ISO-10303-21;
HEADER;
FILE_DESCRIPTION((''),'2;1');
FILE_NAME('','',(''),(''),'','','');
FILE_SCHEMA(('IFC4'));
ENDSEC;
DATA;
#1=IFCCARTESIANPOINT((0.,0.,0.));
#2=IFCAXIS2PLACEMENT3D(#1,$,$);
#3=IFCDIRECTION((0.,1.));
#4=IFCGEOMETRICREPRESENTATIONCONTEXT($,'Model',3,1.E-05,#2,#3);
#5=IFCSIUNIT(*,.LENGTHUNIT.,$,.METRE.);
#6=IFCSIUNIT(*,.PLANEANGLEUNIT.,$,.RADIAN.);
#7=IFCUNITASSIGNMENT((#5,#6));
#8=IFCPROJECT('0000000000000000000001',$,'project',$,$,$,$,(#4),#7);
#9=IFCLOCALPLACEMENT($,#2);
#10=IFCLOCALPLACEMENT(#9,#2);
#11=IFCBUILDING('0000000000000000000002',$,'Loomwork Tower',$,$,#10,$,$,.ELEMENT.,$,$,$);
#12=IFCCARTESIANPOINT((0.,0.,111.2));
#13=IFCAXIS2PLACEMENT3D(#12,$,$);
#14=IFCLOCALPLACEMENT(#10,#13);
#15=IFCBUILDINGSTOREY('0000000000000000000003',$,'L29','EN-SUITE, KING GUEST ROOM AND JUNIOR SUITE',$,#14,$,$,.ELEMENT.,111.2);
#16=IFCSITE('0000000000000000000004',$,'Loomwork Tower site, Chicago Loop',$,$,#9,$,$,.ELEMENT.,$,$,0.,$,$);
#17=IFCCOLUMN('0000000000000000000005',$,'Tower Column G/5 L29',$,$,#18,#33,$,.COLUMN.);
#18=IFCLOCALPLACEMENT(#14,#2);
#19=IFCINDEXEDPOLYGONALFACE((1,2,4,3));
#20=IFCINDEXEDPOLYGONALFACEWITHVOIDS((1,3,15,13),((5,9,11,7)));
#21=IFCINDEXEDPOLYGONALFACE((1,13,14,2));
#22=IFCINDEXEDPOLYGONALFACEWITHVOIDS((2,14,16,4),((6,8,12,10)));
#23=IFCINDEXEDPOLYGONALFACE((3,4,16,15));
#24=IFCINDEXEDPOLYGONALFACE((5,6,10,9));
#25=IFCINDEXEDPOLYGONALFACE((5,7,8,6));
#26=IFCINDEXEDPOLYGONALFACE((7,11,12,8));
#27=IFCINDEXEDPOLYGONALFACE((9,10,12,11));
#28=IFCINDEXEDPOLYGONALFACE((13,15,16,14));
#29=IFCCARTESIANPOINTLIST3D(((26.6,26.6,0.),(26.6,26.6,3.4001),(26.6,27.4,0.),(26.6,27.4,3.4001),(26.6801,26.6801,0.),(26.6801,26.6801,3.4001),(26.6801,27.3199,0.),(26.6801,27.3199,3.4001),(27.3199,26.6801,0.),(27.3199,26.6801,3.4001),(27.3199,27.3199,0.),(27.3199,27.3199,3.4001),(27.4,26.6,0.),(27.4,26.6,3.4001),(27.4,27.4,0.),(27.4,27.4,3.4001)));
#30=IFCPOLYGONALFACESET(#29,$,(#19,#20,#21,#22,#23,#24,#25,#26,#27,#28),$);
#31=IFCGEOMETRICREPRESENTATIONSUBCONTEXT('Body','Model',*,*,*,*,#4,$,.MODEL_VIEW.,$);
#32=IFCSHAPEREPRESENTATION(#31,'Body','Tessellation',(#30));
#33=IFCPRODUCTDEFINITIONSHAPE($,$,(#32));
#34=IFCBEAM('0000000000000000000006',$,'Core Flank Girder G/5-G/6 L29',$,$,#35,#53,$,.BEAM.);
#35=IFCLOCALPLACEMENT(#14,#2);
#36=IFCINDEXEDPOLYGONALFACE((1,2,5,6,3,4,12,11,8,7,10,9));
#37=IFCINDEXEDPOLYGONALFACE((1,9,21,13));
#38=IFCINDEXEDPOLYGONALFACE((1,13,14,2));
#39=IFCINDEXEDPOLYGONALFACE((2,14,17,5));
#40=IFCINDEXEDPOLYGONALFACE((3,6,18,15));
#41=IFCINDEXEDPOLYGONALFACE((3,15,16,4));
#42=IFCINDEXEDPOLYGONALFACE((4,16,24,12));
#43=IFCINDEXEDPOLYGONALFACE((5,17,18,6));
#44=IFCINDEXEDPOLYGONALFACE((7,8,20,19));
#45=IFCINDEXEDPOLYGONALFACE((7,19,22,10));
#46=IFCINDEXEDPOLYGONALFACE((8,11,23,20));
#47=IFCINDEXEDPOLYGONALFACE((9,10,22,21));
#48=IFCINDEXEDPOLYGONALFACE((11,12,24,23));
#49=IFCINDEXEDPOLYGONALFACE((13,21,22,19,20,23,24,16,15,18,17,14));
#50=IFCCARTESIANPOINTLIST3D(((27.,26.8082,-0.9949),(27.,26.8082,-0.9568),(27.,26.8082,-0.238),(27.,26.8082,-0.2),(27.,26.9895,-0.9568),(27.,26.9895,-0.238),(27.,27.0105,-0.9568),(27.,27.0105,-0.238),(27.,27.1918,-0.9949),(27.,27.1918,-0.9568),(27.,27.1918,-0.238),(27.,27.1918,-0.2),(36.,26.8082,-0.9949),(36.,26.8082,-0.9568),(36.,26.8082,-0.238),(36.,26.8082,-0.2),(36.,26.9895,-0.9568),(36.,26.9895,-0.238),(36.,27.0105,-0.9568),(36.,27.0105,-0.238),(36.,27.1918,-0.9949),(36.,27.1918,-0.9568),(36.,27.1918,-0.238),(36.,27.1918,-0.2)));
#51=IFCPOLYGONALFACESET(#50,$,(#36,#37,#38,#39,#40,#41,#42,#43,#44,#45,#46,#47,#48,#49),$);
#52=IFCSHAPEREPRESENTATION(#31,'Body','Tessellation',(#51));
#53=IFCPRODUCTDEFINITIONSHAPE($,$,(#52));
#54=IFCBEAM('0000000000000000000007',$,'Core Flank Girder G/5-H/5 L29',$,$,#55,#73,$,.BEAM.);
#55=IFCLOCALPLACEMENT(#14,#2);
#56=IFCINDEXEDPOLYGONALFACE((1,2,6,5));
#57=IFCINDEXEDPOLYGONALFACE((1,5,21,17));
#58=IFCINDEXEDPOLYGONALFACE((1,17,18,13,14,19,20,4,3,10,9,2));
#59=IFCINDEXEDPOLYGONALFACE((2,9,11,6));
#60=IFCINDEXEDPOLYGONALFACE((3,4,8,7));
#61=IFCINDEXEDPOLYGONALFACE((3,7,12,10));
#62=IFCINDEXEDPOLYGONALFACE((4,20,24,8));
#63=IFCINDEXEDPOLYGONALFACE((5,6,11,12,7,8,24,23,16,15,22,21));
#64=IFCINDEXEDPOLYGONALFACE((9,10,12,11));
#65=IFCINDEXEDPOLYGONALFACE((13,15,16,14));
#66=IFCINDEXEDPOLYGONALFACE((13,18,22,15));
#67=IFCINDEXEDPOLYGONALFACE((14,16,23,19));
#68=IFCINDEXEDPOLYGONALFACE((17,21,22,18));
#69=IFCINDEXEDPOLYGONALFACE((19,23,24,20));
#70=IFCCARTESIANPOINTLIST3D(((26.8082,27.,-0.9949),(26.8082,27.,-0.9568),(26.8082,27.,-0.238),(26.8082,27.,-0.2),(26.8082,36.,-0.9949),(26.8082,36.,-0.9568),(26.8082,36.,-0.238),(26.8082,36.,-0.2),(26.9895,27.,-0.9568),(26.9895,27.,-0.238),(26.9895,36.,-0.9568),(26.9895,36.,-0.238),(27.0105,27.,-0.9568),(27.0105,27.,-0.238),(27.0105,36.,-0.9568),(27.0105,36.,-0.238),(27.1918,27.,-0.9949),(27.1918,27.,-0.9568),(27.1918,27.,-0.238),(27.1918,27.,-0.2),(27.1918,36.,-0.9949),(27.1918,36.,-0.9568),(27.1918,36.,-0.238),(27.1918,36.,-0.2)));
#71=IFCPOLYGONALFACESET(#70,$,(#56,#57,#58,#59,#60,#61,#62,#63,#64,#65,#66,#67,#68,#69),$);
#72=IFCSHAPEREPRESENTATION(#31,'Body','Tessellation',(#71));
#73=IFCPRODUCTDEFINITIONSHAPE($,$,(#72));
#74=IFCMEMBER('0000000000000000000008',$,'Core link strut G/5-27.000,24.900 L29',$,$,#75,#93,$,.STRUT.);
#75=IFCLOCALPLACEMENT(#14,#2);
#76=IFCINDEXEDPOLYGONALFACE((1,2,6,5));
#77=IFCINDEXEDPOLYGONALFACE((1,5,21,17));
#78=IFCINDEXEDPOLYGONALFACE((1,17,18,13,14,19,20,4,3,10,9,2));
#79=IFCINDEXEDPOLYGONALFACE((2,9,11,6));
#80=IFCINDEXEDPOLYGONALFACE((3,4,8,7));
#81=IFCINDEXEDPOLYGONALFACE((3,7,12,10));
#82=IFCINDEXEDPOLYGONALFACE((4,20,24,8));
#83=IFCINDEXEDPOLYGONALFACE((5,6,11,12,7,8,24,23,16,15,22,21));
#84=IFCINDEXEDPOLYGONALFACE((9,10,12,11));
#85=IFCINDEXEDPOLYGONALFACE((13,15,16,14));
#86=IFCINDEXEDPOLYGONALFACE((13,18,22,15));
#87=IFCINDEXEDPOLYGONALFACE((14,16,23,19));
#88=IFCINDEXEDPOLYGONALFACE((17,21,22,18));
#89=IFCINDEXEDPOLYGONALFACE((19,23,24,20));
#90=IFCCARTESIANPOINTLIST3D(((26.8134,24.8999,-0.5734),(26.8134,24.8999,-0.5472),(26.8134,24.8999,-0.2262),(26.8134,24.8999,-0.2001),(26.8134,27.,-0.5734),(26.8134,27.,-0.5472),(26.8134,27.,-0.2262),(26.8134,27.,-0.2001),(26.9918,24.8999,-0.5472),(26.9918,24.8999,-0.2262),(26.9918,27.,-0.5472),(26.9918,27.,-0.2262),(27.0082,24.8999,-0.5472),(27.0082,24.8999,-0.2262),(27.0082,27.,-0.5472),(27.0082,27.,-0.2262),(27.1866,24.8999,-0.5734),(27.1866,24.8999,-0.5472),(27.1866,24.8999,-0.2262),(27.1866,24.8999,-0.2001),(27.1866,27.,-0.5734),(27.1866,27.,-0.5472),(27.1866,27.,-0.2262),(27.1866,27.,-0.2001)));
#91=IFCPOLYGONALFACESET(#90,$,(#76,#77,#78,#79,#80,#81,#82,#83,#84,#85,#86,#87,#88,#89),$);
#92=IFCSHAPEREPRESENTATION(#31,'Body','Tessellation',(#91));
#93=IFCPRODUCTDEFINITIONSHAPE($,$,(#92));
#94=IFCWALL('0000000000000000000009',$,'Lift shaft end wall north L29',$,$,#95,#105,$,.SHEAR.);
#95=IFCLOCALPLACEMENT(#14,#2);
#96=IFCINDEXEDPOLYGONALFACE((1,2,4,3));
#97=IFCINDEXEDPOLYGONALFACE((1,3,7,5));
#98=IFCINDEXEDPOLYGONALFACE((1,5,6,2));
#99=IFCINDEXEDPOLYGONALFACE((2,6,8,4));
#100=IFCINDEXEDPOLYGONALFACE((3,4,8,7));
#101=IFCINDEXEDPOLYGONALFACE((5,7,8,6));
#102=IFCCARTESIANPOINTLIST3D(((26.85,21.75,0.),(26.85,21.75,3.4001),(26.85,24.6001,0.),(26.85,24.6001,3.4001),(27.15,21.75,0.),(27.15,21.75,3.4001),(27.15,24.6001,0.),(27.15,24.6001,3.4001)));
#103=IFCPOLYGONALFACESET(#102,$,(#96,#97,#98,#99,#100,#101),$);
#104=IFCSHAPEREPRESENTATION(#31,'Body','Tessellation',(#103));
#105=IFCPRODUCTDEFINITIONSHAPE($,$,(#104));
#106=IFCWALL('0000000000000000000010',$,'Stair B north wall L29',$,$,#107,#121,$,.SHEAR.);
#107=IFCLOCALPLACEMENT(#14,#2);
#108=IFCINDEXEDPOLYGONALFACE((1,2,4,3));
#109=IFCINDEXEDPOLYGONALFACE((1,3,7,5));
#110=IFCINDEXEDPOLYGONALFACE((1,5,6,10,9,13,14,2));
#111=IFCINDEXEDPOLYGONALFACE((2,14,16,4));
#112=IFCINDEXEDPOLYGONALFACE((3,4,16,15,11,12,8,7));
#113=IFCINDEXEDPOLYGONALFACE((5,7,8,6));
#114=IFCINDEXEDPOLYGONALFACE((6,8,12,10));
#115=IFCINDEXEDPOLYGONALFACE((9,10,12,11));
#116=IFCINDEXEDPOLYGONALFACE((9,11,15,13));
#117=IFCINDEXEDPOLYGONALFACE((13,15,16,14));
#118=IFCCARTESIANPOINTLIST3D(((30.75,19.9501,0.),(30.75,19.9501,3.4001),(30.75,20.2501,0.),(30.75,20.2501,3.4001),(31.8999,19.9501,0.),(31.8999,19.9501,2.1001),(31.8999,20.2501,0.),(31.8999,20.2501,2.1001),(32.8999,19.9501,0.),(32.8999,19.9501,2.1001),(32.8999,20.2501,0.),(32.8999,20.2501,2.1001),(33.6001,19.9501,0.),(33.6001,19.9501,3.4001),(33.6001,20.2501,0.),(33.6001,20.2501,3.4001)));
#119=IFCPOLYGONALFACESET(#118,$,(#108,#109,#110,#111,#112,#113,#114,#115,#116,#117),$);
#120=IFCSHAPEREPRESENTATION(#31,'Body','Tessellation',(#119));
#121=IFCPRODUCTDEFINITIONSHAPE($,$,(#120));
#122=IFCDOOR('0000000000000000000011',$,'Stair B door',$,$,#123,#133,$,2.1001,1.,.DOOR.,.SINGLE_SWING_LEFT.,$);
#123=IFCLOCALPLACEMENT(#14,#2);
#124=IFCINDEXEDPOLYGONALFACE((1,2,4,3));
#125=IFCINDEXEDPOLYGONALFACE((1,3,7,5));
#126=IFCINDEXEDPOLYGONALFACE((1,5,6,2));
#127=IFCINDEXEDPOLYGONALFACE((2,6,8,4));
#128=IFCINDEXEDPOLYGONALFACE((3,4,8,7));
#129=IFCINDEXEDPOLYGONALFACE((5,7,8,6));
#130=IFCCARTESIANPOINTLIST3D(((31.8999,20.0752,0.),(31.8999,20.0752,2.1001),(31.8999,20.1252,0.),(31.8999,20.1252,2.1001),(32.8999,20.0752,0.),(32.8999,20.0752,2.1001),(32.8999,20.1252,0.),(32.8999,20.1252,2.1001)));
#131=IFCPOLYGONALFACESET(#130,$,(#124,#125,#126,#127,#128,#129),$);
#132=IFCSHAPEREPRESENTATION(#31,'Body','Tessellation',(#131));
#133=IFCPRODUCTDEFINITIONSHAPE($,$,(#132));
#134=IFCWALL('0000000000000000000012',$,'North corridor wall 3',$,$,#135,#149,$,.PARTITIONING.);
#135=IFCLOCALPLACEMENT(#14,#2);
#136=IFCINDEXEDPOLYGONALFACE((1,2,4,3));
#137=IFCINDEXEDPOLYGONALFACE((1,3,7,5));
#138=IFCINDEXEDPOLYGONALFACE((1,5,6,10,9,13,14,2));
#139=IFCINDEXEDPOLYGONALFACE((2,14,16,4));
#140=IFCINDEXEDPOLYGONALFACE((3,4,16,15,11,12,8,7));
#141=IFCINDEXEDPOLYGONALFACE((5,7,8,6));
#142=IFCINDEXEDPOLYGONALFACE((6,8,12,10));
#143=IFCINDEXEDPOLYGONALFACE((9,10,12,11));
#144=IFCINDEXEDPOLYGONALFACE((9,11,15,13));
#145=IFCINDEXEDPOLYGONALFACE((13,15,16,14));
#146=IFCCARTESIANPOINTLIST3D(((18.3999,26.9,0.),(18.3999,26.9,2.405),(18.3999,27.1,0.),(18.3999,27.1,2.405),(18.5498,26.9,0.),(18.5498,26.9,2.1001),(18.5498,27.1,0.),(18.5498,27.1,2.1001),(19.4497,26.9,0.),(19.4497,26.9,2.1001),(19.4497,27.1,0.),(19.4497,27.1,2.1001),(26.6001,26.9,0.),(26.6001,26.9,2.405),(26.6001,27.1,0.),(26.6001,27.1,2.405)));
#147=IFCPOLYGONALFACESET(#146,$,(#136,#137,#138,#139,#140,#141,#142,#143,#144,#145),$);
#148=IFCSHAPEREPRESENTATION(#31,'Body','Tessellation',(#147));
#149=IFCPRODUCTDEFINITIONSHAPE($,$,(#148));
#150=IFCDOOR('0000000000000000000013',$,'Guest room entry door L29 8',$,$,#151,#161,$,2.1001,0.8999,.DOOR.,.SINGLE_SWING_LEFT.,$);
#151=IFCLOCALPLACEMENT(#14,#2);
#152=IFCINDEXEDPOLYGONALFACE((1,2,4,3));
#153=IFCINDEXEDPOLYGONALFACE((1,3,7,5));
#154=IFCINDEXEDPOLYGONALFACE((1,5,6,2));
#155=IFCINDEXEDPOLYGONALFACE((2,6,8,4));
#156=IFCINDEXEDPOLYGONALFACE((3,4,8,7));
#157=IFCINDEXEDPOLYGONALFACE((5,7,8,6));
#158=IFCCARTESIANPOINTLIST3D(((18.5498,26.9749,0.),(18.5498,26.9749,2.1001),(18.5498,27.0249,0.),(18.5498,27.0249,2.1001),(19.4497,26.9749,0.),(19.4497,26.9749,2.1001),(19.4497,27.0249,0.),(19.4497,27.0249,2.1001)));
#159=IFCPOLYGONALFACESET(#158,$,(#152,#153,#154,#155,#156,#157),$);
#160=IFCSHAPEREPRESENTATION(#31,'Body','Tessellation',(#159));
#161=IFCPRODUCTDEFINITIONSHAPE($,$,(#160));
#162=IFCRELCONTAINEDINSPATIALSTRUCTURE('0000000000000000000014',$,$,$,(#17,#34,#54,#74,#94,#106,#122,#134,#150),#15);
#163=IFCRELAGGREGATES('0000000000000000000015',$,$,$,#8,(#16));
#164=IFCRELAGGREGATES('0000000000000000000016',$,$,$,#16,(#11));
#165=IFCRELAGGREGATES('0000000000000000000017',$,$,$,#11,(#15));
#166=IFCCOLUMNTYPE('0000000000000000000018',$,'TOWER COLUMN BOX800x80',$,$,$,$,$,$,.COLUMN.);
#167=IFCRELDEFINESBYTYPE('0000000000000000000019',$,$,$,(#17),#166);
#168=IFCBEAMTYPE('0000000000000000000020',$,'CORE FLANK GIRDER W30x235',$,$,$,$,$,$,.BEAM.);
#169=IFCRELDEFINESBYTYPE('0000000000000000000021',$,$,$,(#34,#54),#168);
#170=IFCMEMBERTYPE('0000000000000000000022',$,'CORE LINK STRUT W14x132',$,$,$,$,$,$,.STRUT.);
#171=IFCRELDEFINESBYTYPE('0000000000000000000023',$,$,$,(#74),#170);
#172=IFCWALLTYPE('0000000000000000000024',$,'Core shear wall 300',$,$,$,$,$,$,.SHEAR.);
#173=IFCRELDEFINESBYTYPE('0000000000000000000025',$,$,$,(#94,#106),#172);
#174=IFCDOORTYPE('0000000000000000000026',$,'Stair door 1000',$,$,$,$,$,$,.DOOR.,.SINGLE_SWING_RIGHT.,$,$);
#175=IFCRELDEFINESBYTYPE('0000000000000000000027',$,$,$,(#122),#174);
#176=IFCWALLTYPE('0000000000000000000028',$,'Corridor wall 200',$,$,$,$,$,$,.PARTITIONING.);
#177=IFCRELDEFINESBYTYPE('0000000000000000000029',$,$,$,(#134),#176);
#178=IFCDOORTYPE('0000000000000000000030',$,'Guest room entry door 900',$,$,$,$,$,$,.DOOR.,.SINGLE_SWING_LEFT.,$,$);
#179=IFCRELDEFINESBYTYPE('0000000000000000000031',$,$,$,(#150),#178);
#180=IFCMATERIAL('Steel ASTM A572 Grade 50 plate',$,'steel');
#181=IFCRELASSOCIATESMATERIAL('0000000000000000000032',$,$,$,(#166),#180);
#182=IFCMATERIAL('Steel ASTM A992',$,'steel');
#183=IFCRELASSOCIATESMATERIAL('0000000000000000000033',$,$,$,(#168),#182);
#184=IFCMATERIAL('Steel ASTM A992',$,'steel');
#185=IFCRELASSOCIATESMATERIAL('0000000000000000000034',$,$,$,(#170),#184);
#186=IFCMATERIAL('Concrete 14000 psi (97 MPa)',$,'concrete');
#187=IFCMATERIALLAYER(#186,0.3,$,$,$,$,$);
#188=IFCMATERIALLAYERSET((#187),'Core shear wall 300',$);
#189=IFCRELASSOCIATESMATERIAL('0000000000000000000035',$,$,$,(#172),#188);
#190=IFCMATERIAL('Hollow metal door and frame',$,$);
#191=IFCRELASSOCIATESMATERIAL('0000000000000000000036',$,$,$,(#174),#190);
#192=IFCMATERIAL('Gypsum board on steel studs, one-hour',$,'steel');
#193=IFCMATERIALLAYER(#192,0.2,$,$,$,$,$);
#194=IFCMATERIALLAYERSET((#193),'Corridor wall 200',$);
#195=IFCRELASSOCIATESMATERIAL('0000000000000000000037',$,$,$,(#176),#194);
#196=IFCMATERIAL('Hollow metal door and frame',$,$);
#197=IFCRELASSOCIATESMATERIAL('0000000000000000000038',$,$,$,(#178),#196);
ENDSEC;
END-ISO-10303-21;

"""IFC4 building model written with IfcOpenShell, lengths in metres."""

from ifc_helpers import new_model, si_unit, direction, frame, frame_2d, origin, origin_2d, place, context, subcontext, project, spatial, rectangle, hollow_rectangle, i_section, extrude, material, layer, layer_set, material_profile, profile_set, type_object, element, fill, save


model = new_model("IFC4")

# Units and contexts
model_context = context("Model", 3, precision=1e-05, world=origin(), true_north=direction((0.0, 1.0)))
body_context = subcontext(model_context, "Body", "Model", "MODEL_VIEW")
ifc_project = project(units=[si_unit("LENGTHUNIT", "METRE"), si_unit("PLANEANGLEUNIT", "RADIAN")], contexts=[model_context])

# Site, building, storey
site_placement = place(None, origin())
site = spatial("IfcSite", under=ifc_project, at=site_placement, Name="Loomwork Tower site, Chicago Loop", CompositionType="ELEMENT", RefElevation=0.0)
building_placement = place(site_placement, origin())
building = spatial("IfcBuilding", under=site, at=building_placement, Name="Loomwork Tower", CompositionType="ELEMENT")
storey_placement = place(building_placement, frame((0.0, 0.0, 111.2)))
storey = spatial("IfcBuildingStorey", under=building, at=storey_placement, Name="L29", Description="EN-SUITE, KING GUEST ROOM AND JUNIOR SUITE", CompositionType="ELEMENT", Elevation=111.2)

# Column
ifc_material_1 = material(Name="Steel ASTM A572 Grade 50 plate", Category="steel")
ifc_material_profile_1 = material_profile(ifc_material_1, hollow_rectangle(XDim=0.8, YDim=0.8, WallThickness=0.0801, at=origin_2d()), Name="BOX800x80")
ifc_profile_set_1 = profile_set([ifc_material_profile_1], Name="Steel ASTM A572 Grade 50 plate")
column_type = type_object("IfcColumnType", Name="TOWER COLUMN BOX800x80", PredefinedType="COLUMN", material=ifc_profile_set_1)
column_placement = place(storey_placement, frame((27.0, 27.0, 0.0), z_axis=(0.0, 0.0, 1.0), x_axis=(1.0, 0.0, 0.0)))
element("IfcColumn", 1, at=column_placement, inside=storey, type_object=column_type, Name="Tower Column G/5 L29", PredefinedType="COLUMN", context=body_context, shape_type="SweptSolid", body=[
    extrude(hollow_rectangle(XDim=0.8, YDim=0.8, WallThickness=0.0801, at=origin_2d()), origin(), (0.0, 0.0, 1.0), 3.4001),
])

# Beams
ifc_material_2 = material(Name="Steel ASTM A992", Category="steel")
ifc_material_profile_2 = material_profile(ifc_material_2, i_section(OverallWidth=0.3835, OverallDepth=0.7949, WebThickness=0.021, FlangeThickness=0.0381, at=origin_2d()), Name="W30x235")
ifc_profile_set_2 = profile_set([ifc_material_profile_2], Name="Steel ASTM A992")
beam_type = type_object("IfcBeamType", Name="CORE FLANK GIRDER W30x235", PredefinedType="BEAM", material=ifc_profile_set_2)
for number, where, z_axis, x_axis, name in (
    (2, (27.0, 27.0, -0.5974), (1.0, 0.0, 0.0), (0.0, 1.0, 0.0), "Core Flank Girder G/5-G/6 L29"),
    (3, (27.0, 27.0, -0.5974), (0.0, 1.0, 0.0), (-1.0, 0.0, 0.0), "Core Flank Girder G/5-H/5 L29"),
):
    element("IfcBeam", number, at=place(storey_placement, frame(where, z_axis=z_axis, x_axis=x_axis)), inside=storey, type_object=beam_type, Name=name, PredefinedType="BEAM", context=body_context, shape_type="SweptSolid", body=[
        extrude(i_section(OverallWidth=0.3835, OverallDepth=0.7949, WebThickness=0.021, FlangeThickness=0.0381, at=origin_2d()), origin(), (0.0, 0.0, 1.0), 9.0),
    ])

# Member
ifc_material_3 = material(Name="Steel ASTM A992", Category="steel")
ifc_material_profile_3 = material_profile(ifc_material_3, i_section(OverallWidth=0.3733, OverallDepth=0.3733, WebThickness=0.0164, FlangeThickness=0.0261, at=origin_2d()), Name="W14x132")
ifc_profile_set_3 = profile_set([ifc_material_profile_3], Name="Steel ASTM A992")
member_type = type_object("IfcMemberType", Name="CORE LINK STRUT W14x132", PredefinedType="STRUT", material=ifc_profile_set_3)
member_placement = place(storey_placement, frame((27.0, 27.0, -0.3867), z_axis=(0.0, -1.0, 0.0), x_axis=(1.0, 0.0, 0.0)))
element("IfcMember", 4, at=member_placement, inside=storey, type_object=member_type, Name="Core link strut G/5-27.000,24.900 L29", PredefinedType="STRUT", context=body_context, shape_type="SweptSolid", body=[
    extrude(i_section(OverallWidth=0.3733, OverallDepth=0.3733, WebThickness=0.0164, FlangeThickness=0.0261, at=origin_2d()), origin(), (0.0, 0.0, 1.0), 2.1001),
])

# Wall
ifc_material_4 = material(Name="Concrete 14000 psi (97 MPa)", Category="concrete")
ifc_layer_1 = layer(ifc_material_4, 0.3)
ifc_layer_set_1 = layer_set([ifc_layer_1], Name="Core shear wall 300")
wall_type_1 = type_object("IfcWallType", Name="Core shear wall 300", PredefinedType="SHEAR", material=ifc_layer_set_1)
wall_1_placement = place(storey_placement, frame((27.0, 21.75, 0.0), z_axis=(0.0, 0.0, 1.0), x_axis=(0.0, 1.0, 0.0)))
element("IfcWall", 5, at=wall_1_placement, inside=storey, type_object=wall_type_1, Name="Lift shaft end wall north L29", PredefinedType="SHEAR", context=body_context, shape_type="SweptSolid", body=[
    extrude(rectangle(XDim=2.8501, YDim=0.3, at=frame_2d((1.425, 0.0))), origin(), (0.0, 0.0, 1.0), 3.4001),
])

# Walls, openings, doors
wall_2_placement = place(storey_placement, frame((30.75, 20.1001, 0.0), z_axis=(0.0, 0.0, 1.0), x_axis=(1.0, 0.0, 0.0)))
wall_2 = element("IfcWall", 6, at=wall_2_placement, inside=storey, type_object=wall_type_1, Name="Stair B north wall L29", PredefinedType="SHEAR", context=body_context, shape_type="SweptSolid", body=[
    extrude(rectangle(XDim=2.8501, YDim=0.3, at=frame_2d((1.425, 0.0))), origin(), (0.0, 0.0, 1.0), 3.4001),
])
opening_1_placement = place(wall_2_placement, frame((1.1499, 0.0, 0.0)))
opening_1 = element("IfcOpeningElement", 7, at=opening_1_placement, cuts=wall_2, PredefinedType="OPENING", context=body_context, shape_type="SweptSolid", body=[
    extrude(rectangle(XDim=1.0, YDim=2.1001, at=frame_2d((0.5, 1.05))), frame((0.0, 0.1599, 0.0), z_axis=(0.0, -1.0, 0.0), x_axis=(1.0, 0.0, 0.0)), (0.0, 0.0, 1.0), 0.3201),
])
ifc_material_5 = material(Name="Hollow metal door and frame")
door_type_1 = type_object("IfcDoorType", Name="Stair door 1000", OperationType="SINGLE_SWING_RIGHT", PredefinedType="DOOR", material=ifc_material_5)
door_1_placement = place(opening_1_placement, frame((1.0, 0.0, 0.0), z_axis=(0.0, 0.0, 1.0), x_axis=(-1.0, 0.0, 0.0)))
door_1 = element("IfcDoor", 8, at=door_1_placement, inside=storey, type_object=door_type_1, Name="Stair B door", OperationType="SINGLE_SWING_LEFT", OverallHeight=2.1001, OverallWidth=1.0, PredefinedType="DOOR", context=body_context, shape_type="SweptSolid", body=[
    extrude(rectangle(XDim=1.0, YDim=2.1001, at=frame_2d((0.5, 1.05))), frame((0.0, 0.0249, 0.0), z_axis=(0.0, -1.0, 0.0), x_axis=(1.0, 0.0, 0.0)), (0.0, 0.0, 1.0), 0.05),
])
fill(opening_1, door_1)
ifc_material_6 = material(Name="Gypsum board on steel studs, one-hour", Category="steel")
ifc_layer_2 = layer(ifc_material_6, 0.2)
ifc_layer_set_2 = layer_set([ifc_layer_2], Name="Corridor wall 200")
wall_type_2 = type_object("IfcWallType", Name="Corridor wall 200", PredefinedType="PARTITIONING", material=ifc_layer_set_2)
wall_3_placement = place(storey_placement, frame((18.3999, 27.0, 0.0), z_axis=(0.0, 0.0, 1.0), x_axis=(1.0, 0.0, 0.0)))
wall_3 = element("IfcWall", 9, at=wall_3_placement, inside=storey, type_object=wall_type_2, Name="North corridor wall 3", PredefinedType="PARTITIONING", context=body_context, shape_type="SweptSolid", body=[
    extrude(rectangle(XDim=8.2002, YDim=0.2, at=frame_2d((4.1001, 0.0))), origin(), (0.0, 0.0, 1.0), 2.405),
])
opening_2_placement = place(wall_3_placement, frame((0.1499, 0.0, 0.0)))
opening_2 = element("IfcOpeningElement", 10, at=opening_2_placement, cuts=wall_3, PredefinedType="OPENING", context=body_context, shape_type="SweptSolid", body=[
    extrude(rectangle(XDim=0.8999, YDim=2.1001, at=frame_2d((0.45, 1.05))), frame((0.0, 0.1099, 0.0), z_axis=(0.0, -1.0, 0.0), x_axis=(1.0, 0.0, 0.0)), (0.0, 0.0, 1.0), 0.22),
])
ifc_material_7 = material(Name="Hollow metal door and frame")
door_type_2 = type_object("IfcDoorType", Name="Guest room entry door 900", OperationType="SINGLE_SWING_LEFT", PredefinedType="DOOR", material=ifc_material_7)
door_2_placement = place(opening_2_placement, origin())
door_2 = element("IfcDoor", 11, at=door_2_placement, inside=storey, type_object=door_type_2, Name="Guest room entry door L29 8", OperationType="SINGLE_SWING_LEFT", OverallHeight=2.1001, OverallWidth=0.8999, PredefinedType="DOOR", context=body_context, shape_type="SweptSolid", body=[
    extrude(rectangle(XDim=0.8999, YDim=2.1001, at=frame_2d((0.45, 1.05))), frame((0.0, 0.0249, 0.0), z_axis=(0.0, -1.0, 0.0), x_axis=(1.0, 0.0, 0.0)), (0.0, 0.0, 1.0), 0.05),
])
fill(opening_2, door_2)

save(model, "model.ifc")
